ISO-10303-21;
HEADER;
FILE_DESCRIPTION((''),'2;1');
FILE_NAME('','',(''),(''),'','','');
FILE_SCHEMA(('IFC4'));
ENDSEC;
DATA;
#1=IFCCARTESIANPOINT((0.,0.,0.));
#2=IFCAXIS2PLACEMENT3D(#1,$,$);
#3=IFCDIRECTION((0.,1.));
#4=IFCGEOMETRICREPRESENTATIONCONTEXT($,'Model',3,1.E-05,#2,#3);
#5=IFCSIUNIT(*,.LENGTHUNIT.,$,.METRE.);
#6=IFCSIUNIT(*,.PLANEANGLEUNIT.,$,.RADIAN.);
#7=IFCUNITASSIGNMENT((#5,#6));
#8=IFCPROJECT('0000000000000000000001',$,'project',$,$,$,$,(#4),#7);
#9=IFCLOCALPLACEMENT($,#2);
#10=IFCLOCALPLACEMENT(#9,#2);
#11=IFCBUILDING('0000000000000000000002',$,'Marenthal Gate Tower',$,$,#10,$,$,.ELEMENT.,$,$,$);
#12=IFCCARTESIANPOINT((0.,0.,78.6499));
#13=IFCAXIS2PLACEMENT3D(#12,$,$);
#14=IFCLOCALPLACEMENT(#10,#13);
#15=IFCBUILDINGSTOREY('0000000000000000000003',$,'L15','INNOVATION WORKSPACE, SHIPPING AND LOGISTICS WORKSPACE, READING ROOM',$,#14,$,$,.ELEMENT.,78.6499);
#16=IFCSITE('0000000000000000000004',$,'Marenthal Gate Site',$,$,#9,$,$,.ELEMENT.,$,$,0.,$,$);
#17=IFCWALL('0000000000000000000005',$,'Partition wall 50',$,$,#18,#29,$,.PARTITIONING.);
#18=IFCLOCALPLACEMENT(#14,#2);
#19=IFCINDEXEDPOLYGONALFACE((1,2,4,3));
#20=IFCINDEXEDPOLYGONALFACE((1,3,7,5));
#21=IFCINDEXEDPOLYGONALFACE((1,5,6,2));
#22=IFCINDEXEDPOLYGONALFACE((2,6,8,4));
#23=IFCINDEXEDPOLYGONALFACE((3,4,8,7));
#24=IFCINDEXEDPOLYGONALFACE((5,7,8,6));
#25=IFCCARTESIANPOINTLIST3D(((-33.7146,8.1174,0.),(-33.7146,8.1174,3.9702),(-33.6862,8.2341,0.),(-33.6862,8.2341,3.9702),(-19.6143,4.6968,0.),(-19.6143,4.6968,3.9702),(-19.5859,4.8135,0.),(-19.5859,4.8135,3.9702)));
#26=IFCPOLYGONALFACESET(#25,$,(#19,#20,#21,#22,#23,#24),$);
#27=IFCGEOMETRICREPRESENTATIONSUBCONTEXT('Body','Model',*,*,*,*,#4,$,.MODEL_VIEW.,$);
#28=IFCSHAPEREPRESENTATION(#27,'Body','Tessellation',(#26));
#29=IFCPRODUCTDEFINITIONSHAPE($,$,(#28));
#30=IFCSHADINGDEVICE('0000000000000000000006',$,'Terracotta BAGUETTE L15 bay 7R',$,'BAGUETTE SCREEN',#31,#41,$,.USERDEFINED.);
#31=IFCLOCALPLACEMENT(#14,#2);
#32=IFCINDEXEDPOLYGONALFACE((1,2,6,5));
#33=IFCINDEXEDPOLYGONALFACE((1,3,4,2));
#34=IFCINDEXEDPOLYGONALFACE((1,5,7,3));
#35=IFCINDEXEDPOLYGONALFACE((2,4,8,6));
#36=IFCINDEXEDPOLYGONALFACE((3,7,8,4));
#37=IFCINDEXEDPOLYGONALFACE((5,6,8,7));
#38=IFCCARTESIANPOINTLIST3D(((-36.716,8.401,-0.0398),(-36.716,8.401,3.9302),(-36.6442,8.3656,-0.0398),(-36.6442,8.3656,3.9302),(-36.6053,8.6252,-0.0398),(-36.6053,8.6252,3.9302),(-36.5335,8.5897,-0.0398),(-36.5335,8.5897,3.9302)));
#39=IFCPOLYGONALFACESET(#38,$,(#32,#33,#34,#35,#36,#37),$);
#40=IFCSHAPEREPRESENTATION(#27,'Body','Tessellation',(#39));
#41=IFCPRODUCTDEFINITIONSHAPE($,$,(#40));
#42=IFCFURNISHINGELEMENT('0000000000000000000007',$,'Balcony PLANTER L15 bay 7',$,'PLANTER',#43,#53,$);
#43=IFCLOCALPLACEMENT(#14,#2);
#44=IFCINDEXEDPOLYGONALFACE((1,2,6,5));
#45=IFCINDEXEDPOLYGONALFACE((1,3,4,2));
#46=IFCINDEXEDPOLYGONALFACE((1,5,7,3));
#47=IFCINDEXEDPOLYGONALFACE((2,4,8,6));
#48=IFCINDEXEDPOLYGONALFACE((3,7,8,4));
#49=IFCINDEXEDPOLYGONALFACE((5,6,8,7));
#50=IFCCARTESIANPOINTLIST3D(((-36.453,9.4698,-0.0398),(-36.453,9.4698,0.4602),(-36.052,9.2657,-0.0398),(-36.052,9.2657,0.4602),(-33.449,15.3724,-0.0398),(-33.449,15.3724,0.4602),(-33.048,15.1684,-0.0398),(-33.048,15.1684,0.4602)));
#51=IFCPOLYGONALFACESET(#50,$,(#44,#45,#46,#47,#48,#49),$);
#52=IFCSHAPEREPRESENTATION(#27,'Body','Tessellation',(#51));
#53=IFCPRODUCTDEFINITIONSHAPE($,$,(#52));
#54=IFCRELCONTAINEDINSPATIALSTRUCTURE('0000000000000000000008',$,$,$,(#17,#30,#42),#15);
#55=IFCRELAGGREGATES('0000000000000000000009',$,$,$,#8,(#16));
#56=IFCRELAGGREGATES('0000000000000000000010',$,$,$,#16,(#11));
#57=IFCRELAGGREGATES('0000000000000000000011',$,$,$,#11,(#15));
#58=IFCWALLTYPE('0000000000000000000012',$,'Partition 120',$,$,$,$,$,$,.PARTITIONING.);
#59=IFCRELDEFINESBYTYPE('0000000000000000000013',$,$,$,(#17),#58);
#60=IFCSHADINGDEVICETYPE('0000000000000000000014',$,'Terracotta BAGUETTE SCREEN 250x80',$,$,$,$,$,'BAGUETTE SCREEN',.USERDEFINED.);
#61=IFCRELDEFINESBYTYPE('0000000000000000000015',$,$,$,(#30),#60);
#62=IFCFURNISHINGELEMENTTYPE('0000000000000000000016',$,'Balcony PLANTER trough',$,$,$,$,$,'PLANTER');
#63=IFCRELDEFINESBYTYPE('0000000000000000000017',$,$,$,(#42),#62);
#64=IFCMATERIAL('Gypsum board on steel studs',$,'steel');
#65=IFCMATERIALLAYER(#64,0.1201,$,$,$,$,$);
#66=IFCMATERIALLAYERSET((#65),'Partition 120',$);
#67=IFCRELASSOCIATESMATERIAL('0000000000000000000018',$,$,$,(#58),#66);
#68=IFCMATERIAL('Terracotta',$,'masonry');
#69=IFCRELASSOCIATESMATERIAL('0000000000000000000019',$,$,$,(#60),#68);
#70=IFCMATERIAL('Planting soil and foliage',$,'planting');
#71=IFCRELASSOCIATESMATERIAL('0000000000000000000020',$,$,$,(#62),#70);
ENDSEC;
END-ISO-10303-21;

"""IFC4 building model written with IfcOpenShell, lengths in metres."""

from ifc_helpers import new_model, si_unit, direction, frame, frame_2d, origin, origin_2d, place, context, subcontext, project, spatial, rectangle, extrude, material, layer, layer_set, material_profile, profile_set, type_object, element, save


model = new_model("IFC4")

# Units and contexts
model_context = context("Model", 3, precision=1e-05, world=origin(), true_north=direction((0.0, 1.0)))
body_context = subcontext(model_context, "Body", "Model", "MODEL_VIEW")
ifc_project = project(units=[si_unit("LENGTHUNIT", "METRE"), si_unit("PLANEANGLEUNIT", "RADIAN")], contexts=[model_context])

# Site, building, storey
site_placement = place(None, origin())
site = spatial("IfcSite", under=ifc_project, at=site_placement, Name="Marenthal Gate Site", CompositionType="ELEMENT", RefElevation=0.0)
building_placement = place(site_placement, origin())
building = spatial("IfcBuilding", under=site, at=building_placement, Name="Marenthal Gate Tower", CompositionType="ELEMENT")
storey_placement = place(building_placement, frame((0.0, 0.0, 78.6499)))
storey = spatial("IfcBuildingStorey", under=building, at=storey_placement, Name="L15", Description="INNOVATION WORKSPACE, SHIPPING AND LOGISTICS WORKSPACE, READING ROOM", CompositionType="ELEMENT", Elevation=78.6499)

# Wall
ifc_material_1 = material(Name="Gypsum board on steel studs", Category="steel")
ifc_layer_1 = layer(ifc_material_1, 0.1201)
ifc_layer_set_1 = layer_set([ifc_layer_1], Name="Partition 120")
wall_type = type_object("IfcWallType", Name="Partition 120", PredefinedType="PARTITIONING", material=ifc_layer_set_1)
wall_1_placement = place(storey_placement, frame((-19.6001, 4.7551, 0.0), z_axis=(0.0, 0.0, 1.0), x_axis=(-0.971812, 0.235756, 0.0)))
element("IfcWall", 1, at=wall_1_placement, inside=storey, type_object=wall_type, Name="Partition wall 50", PredefinedType="PARTITIONING", context=body_context, shape_type="SweptSolid", body=[
    extrude(rectangle(XDim=14.5093, YDim=0.1201, at=frame_2d((7.2546, 0.0))), origin(), (0.0, 0.0, 1.0), 3.9702),
])

# Shading device
ifc_material_2 = material(Name="Terracotta", Category="masonry")
ifc_material_profile_1 = material_profile(ifc_material_2, rectangle(XDim=0.25, YDim=0.0801, at=origin_2d()), Name="Terracotta baguette 250x80")
ifc_profile_set_1 = profile_set([ifc_material_profile_1], Name="Terracotta")
shading_device_type = type_object("IfcShadingDeviceType", Name="Terracotta BAGUETTE SCREEN 250x80", ElementType="BAGUETTE SCREEN", PredefinedType="USERDEFINED", material=ifc_profile_set_1)
shading_device_placement = place(storey_placement, frame((-36.6248, 8.4954, -0.0398), z_axis=(0.0, 0.0, 1.0), x_axis=(-0.442939, -0.896552, 0.0)))
element("IfcShadingDevice", 2, at=shading_device_placement, inside=storey, type_object=shading_device_type, Name="Terracotta BAGUETTE L15 bay 7R", ObjectType="BAGUETTE SCREEN", PredefinedType="USERDEFINED", context=body_context, shape_type="SweptSolid", body=[
    extrude(rectangle(XDim=0.25, YDim=0.0801, at=origin_2d()), origin(), (0.0, 0.0, 1.0), 3.97),
])

# Furnishing element
ifc_material_3 = material(Name="Planting soil and foliage", Category="planting")
furnishing_element_type = type_object("IfcFurnishingElementType", Name="Balcony PLANTER trough", ElementType="PLANTER", material=ifc_material_3)
furnishing_placement = place(storey_placement, frame((-34.7505, 12.3191, -0.0398), z_axis=(0.0, 0.0, 1.0), x_axis=(-0.453561, -0.891225, 0.0)))
element("IfcFurnishingElement", 3, at=furnishing_placement, inside=storey, type_object=furnishing_element_type, Name="Balcony PLANTER L15 bay 7", ObjectType="PLANTER", context=body_context, shape_type="SweptSolid", body=[
    extrude(rectangle(XDim=6.623, YDim=0.45, at=origin_2d()), origin(), (0.0, 0.0, 1.0), 0.5),
])

save(model, "model.ifc")
